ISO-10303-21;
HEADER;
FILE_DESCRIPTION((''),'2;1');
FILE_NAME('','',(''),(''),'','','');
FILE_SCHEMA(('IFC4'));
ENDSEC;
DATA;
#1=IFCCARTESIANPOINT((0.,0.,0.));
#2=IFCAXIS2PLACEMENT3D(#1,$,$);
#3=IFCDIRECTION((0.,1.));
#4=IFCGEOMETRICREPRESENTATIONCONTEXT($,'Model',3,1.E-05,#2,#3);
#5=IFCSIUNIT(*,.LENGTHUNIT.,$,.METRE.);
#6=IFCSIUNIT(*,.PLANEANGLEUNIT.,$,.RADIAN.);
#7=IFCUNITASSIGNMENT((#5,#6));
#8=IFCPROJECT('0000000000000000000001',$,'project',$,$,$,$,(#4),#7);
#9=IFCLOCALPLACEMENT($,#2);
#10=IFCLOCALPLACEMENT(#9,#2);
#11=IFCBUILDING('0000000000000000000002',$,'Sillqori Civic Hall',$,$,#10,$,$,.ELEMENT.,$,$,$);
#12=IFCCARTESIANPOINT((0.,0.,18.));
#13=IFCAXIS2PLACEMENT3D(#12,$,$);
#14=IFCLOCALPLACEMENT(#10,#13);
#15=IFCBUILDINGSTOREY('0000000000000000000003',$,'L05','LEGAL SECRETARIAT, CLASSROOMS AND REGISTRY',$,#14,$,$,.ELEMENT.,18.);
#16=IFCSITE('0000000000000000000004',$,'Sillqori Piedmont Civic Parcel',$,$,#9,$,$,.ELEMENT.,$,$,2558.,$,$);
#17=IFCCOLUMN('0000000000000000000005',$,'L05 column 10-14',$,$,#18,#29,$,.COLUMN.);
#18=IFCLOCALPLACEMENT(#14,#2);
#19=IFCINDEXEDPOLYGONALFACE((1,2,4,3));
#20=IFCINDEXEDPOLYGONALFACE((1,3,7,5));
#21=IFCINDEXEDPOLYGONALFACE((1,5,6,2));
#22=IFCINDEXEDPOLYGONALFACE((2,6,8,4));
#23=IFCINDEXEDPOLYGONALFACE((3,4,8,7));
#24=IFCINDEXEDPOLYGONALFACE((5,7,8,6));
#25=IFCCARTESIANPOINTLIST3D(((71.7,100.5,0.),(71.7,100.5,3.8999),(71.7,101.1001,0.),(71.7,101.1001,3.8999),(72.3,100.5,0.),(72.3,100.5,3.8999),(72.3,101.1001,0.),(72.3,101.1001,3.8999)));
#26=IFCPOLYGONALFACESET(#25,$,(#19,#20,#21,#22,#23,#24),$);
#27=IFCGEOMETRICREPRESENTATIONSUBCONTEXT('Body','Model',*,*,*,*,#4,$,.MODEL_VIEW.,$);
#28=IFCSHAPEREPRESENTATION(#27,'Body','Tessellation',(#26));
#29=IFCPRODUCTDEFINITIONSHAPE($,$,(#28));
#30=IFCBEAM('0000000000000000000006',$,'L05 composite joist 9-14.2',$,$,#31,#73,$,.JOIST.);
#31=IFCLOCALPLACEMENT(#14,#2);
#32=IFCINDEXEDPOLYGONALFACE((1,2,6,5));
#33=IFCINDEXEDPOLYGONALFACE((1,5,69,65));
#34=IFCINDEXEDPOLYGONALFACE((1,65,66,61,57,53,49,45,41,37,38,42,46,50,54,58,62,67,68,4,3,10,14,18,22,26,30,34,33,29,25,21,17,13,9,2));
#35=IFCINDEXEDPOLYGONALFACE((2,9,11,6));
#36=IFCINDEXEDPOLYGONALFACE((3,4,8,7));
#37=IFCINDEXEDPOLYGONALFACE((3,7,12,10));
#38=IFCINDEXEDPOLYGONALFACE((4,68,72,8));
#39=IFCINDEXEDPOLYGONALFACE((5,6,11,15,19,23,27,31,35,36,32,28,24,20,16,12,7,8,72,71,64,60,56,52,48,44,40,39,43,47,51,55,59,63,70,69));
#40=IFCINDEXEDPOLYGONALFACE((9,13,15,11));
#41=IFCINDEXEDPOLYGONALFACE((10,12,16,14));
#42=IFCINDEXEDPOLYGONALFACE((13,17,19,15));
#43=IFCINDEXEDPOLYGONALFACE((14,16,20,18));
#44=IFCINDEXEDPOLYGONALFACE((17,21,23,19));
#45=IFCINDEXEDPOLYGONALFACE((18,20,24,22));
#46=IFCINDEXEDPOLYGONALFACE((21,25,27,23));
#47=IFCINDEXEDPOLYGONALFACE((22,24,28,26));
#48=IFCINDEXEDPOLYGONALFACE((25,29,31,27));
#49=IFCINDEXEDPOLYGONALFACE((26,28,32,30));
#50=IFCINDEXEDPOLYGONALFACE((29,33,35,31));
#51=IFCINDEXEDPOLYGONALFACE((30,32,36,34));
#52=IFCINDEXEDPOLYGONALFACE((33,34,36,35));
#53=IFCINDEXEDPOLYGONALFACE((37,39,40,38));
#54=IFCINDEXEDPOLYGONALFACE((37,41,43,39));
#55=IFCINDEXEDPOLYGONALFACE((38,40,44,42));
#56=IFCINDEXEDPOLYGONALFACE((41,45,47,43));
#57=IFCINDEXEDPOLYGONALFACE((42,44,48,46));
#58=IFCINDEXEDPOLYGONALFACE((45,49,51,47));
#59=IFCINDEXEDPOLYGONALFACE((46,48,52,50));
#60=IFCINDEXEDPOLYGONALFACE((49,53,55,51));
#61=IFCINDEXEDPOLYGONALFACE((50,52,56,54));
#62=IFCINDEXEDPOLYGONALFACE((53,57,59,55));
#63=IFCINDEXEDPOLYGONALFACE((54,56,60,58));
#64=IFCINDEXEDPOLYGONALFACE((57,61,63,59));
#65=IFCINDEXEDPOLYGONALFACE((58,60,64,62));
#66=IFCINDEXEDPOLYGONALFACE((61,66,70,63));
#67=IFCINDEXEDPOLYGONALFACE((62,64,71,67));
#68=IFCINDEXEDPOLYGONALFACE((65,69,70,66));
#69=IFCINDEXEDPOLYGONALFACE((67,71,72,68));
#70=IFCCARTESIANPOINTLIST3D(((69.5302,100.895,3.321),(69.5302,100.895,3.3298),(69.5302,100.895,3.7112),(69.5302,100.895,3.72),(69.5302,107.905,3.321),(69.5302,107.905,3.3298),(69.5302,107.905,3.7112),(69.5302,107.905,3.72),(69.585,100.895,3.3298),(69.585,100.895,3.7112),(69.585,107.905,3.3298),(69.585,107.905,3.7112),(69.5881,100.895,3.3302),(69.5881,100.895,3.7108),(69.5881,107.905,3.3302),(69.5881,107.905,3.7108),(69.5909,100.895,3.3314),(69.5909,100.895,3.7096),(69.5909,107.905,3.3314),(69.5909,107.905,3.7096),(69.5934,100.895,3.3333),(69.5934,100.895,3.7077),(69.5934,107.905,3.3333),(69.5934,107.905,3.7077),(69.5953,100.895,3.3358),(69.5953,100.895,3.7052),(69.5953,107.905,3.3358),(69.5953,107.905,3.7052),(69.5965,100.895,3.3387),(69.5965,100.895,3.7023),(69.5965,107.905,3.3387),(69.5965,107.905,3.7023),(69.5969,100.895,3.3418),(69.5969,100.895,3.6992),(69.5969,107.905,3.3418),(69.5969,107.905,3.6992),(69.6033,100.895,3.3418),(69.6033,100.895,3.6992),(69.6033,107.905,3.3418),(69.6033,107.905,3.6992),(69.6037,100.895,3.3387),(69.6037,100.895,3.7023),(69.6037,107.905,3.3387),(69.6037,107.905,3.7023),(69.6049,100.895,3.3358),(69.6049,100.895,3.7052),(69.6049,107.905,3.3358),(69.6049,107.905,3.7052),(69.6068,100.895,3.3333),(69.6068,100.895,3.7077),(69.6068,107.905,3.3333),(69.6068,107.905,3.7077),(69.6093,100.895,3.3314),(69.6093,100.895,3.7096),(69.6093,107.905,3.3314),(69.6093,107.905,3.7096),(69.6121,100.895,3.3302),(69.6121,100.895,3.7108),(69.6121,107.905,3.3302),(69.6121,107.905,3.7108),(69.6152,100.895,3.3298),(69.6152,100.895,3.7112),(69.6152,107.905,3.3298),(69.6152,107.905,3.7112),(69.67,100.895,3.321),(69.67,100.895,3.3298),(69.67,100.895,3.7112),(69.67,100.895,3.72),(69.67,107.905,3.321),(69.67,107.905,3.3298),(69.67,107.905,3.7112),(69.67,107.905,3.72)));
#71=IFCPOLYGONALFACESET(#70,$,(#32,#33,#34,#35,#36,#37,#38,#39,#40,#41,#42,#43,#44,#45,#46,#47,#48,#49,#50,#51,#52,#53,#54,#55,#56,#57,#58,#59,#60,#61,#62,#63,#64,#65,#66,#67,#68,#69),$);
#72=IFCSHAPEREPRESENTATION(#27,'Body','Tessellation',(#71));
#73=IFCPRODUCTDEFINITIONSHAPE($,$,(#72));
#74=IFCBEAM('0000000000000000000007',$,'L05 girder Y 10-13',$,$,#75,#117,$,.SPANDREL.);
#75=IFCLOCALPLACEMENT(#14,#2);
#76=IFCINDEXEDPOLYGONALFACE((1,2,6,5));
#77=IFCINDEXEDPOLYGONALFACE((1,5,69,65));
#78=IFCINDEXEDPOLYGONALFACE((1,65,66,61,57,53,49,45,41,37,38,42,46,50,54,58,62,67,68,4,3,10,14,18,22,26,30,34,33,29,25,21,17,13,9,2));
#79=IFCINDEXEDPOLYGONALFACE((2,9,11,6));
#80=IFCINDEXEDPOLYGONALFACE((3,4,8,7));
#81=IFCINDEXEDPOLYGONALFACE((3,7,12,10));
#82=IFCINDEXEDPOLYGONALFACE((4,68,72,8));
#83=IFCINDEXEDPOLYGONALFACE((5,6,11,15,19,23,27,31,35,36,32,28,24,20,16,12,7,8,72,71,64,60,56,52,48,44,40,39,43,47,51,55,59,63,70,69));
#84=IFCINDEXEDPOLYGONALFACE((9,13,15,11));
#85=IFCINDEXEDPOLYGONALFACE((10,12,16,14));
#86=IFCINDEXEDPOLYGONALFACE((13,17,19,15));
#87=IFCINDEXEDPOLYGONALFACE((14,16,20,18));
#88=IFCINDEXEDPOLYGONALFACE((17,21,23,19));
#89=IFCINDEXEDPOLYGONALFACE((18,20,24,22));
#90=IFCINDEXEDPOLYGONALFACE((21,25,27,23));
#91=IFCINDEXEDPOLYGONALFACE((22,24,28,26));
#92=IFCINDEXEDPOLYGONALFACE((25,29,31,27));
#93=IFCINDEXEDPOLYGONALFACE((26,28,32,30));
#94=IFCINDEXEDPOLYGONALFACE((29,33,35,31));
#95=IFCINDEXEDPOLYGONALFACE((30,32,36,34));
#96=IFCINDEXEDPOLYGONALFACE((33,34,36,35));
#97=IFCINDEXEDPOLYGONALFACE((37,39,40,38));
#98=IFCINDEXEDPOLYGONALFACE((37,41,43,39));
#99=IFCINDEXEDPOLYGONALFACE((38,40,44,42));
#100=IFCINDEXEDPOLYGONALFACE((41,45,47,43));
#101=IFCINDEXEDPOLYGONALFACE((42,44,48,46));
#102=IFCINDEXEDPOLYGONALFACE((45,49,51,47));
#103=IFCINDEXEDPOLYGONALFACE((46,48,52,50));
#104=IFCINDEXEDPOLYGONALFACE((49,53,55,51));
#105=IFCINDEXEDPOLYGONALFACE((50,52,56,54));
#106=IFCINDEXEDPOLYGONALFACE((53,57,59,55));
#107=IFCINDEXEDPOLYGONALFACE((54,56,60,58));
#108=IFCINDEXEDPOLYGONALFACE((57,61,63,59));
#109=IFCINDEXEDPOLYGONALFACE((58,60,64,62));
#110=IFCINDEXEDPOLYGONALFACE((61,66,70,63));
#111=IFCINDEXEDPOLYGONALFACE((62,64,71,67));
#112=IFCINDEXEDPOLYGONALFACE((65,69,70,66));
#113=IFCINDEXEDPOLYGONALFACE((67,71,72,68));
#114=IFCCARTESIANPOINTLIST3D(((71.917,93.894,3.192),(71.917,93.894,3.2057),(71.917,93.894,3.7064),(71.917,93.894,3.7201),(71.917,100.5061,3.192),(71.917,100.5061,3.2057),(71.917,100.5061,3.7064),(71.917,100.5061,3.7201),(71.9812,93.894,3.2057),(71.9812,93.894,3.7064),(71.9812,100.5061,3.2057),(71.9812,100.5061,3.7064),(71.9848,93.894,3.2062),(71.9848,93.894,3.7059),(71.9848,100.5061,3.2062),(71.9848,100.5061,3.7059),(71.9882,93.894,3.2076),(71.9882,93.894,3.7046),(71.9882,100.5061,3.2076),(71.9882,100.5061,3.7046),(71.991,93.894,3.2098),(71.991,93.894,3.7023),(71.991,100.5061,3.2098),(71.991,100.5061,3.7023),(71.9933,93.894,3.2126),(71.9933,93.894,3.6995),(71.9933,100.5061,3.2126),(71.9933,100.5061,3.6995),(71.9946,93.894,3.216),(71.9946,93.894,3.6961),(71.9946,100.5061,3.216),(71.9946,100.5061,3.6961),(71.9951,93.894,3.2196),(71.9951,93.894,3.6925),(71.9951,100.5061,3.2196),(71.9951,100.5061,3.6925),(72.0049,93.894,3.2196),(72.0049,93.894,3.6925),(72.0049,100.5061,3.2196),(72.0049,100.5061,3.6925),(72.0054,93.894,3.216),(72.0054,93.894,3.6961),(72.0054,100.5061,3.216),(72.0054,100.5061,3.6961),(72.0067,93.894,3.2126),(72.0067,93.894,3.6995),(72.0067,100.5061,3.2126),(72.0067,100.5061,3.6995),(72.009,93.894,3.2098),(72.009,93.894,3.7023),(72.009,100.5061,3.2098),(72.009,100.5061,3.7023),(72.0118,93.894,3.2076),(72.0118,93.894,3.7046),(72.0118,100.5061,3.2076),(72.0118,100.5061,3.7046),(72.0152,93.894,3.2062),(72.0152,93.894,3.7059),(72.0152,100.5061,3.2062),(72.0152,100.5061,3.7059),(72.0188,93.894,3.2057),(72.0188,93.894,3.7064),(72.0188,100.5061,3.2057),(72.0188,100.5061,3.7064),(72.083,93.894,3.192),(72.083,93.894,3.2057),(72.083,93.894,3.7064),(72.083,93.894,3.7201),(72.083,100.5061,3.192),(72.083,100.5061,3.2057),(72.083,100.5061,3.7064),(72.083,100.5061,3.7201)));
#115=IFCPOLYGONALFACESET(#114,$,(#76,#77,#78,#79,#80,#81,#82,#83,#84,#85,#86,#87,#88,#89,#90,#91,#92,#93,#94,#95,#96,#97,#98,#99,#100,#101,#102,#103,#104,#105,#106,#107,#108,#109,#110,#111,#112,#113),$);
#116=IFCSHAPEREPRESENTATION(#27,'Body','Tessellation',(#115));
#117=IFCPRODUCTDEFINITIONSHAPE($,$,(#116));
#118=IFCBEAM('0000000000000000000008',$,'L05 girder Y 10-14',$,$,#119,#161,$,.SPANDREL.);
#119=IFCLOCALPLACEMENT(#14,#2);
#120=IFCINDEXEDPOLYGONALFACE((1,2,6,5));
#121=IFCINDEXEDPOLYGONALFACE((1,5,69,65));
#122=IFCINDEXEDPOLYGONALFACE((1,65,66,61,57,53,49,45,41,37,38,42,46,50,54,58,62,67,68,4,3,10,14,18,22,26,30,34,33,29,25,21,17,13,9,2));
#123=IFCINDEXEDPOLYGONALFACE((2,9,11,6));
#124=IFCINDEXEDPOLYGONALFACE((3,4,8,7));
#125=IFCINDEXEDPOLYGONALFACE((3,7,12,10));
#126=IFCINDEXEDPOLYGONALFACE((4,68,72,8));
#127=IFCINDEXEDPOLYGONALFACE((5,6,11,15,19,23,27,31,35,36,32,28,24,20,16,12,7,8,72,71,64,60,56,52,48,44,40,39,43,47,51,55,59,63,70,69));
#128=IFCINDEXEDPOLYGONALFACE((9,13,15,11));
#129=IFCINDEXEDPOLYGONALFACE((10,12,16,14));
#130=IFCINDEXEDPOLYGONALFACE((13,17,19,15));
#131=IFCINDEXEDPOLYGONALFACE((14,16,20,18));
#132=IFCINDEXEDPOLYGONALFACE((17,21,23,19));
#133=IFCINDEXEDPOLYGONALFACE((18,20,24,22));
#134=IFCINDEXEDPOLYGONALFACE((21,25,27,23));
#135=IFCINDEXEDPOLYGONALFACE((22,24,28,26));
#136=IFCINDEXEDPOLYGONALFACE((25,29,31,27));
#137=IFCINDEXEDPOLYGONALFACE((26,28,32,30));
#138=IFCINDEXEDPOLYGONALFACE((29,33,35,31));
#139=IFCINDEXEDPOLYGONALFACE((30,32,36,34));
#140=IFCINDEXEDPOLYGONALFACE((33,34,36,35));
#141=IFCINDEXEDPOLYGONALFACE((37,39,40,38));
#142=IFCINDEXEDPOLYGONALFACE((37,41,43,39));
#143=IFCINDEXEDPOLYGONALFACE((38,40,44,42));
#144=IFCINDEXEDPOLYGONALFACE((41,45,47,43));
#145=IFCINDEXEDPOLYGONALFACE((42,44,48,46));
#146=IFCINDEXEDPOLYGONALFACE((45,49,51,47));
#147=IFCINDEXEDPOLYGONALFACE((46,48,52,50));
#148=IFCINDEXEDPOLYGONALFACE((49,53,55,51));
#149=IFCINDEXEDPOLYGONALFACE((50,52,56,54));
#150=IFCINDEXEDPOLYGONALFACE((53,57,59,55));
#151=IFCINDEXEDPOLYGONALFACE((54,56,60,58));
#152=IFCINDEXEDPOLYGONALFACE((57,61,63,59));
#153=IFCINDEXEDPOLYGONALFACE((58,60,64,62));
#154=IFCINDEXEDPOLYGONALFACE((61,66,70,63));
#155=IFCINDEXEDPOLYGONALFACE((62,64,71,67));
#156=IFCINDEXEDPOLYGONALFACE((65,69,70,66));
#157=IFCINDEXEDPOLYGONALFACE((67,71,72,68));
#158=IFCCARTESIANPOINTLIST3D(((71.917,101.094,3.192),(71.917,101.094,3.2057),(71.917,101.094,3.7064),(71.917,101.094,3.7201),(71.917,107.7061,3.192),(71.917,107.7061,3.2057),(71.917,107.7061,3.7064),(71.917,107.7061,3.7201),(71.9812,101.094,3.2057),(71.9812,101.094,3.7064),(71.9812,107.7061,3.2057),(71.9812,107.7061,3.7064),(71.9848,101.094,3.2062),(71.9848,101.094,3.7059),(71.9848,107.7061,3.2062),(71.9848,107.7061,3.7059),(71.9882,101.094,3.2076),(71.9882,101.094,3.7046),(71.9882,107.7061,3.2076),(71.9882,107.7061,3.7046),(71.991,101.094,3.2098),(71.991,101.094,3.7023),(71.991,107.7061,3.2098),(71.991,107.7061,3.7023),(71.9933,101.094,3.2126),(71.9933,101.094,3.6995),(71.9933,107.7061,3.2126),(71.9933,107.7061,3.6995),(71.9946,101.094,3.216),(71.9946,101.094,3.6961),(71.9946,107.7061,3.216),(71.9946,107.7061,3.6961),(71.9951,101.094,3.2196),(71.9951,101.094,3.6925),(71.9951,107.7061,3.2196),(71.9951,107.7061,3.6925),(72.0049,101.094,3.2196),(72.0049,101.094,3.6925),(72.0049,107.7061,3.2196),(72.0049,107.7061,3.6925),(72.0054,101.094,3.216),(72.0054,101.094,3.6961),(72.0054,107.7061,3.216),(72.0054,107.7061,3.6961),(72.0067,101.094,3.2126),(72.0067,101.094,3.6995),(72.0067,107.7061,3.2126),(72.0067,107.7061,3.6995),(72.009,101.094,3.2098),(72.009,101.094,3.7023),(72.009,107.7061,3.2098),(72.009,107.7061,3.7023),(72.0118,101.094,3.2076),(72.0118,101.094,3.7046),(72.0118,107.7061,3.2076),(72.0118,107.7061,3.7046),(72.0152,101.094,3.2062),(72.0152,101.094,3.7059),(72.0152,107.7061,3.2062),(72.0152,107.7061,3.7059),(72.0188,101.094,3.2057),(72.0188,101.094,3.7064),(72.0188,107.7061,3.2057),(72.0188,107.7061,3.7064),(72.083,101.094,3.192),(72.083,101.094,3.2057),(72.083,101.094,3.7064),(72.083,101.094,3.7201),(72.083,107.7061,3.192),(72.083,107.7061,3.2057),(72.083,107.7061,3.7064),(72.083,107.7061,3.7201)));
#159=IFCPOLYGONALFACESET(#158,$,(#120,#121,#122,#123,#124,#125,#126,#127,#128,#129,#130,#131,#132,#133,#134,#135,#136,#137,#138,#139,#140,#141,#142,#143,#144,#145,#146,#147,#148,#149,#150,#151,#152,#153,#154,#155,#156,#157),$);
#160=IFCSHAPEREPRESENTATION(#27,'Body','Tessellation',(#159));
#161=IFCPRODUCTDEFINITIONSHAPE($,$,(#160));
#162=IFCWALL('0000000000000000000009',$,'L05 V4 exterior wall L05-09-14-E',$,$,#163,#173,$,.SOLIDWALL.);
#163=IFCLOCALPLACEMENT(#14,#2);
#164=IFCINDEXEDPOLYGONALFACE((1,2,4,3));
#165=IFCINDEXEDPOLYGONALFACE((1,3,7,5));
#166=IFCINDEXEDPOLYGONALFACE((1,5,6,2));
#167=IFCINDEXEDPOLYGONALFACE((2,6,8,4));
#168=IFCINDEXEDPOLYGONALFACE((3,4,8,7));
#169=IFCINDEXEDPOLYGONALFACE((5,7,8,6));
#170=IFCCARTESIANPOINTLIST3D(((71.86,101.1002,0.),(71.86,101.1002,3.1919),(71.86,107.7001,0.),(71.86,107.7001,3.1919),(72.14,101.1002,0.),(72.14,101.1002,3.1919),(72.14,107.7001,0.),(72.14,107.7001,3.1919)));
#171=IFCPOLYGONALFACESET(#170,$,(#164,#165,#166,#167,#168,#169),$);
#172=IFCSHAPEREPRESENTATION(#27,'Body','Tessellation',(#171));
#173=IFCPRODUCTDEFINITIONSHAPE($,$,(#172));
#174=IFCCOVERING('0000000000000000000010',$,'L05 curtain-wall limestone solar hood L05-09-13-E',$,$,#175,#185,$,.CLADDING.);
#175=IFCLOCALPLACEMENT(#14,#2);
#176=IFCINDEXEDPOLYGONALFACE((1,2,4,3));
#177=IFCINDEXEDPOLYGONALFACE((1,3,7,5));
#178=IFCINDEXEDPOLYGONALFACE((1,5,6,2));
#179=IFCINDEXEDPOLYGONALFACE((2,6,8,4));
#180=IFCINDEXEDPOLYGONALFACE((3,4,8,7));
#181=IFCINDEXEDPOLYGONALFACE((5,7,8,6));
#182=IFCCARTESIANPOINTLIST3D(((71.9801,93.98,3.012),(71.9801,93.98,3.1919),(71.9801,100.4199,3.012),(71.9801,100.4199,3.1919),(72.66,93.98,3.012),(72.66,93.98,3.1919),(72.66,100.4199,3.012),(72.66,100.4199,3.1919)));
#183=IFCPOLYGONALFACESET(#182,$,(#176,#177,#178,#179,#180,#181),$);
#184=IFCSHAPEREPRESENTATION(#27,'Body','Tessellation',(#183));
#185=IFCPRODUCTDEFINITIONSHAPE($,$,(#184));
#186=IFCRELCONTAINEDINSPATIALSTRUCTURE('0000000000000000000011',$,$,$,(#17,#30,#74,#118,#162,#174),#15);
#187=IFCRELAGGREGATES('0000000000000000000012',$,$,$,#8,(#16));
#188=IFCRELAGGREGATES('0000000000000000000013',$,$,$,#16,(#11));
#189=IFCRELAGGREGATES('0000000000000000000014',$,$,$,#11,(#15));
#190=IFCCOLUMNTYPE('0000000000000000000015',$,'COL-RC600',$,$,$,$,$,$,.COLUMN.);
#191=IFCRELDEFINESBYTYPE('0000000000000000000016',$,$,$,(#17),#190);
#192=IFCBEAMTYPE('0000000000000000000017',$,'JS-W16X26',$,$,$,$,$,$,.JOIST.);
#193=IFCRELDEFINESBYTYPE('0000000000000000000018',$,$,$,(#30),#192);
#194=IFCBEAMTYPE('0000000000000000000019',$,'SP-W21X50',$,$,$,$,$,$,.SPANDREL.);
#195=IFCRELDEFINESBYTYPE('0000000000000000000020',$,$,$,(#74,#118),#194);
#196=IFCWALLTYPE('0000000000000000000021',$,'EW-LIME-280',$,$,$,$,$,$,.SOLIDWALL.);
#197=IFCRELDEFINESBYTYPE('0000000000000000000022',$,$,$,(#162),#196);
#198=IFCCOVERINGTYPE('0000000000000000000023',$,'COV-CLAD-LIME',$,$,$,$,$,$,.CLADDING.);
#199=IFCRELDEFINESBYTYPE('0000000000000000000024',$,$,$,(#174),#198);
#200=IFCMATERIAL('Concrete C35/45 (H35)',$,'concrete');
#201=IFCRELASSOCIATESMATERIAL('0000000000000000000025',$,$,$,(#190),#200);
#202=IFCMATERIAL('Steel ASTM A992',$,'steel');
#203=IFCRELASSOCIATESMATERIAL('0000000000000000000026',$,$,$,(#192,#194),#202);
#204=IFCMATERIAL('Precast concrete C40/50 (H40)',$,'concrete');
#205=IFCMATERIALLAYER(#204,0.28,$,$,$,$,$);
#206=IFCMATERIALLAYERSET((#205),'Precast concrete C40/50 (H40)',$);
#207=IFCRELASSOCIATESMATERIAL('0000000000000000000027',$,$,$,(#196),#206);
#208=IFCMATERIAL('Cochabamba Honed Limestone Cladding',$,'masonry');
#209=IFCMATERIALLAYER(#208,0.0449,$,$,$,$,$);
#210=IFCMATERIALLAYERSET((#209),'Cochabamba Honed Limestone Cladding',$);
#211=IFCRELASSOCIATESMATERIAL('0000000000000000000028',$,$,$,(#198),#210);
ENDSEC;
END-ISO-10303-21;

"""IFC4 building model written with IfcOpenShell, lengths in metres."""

from ifc_helpers import new_model, si_unit, direction, frame, frame_2d, origin, origin_2d, place, context, subcontext, project, spatial, rectangle, i_section, extrude, material, layer, layer_set, material_profile, profile_set, type_object, element, save


model = new_model("IFC4")

# Units and contexts
model_context = context("Model", 3, precision=1e-05, world=origin(), true_north=direction((0.0, 1.0)))
body_context = subcontext(model_context, "Body", "Model", "MODEL_VIEW")
ifc_project = project(units=[si_unit("LENGTHUNIT", "METRE"), si_unit("PLANEANGLEUNIT", "RADIAN")], contexts=[model_context])

# Site, building, storey
site_placement = place(None, origin())
site = spatial("IfcSite", under=ifc_project, at=site_placement, Name="Sillqori Piedmont Civic Parcel", CompositionType="ELEMENT", RefElevation=2558.0)
building_placement = place(site_placement, origin())
building = spatial("IfcBuilding", under=site, at=building_placement, Name="Sillqori Civic Hall", CompositionType="ELEMENT")
storey_placement = place(building_placement, frame((0.0, 0.0, 18.0)))
storey = spatial("IfcBuildingStorey", under=building, at=storey_placement, Name="L05", Description="LEGAL SECRETARIAT, CLASSROOMS AND REGISTRY", CompositionType="ELEMENT", Elevation=18.0)

# Column
ifc_material_1 = material(Name="Concrete C35/45 (H35)", Category="concrete")
ifc_material_profile_1 = material_profile(ifc_material_1, rectangle(XDim=0.6001, YDim=0.6001, at=origin_2d()), Name="RC 600x600")
ifc_profile_set_1 = profile_set([ifc_material_profile_1], Name="Concrete C35/45 (H35)")
column_type = type_object("IfcColumnType", Name="COL-RC600", PredefinedType="COLUMN", material=ifc_profile_set_1)
column_placement = place(storey_placement, frame((72.0, 100.8, 0.0), z_axis=(0.0, 0.0, 1.0), x_axis=(1.0, 0.0, 0.0)))
element("IfcColumn", 1, at=column_placement, inside=storey, type_object=column_type, Name="L05 column 10-14", PredefinedType="COLUMN", context=body_context, shape_type="SweptSolid", body=[
    extrude(rectangle(XDim=0.6001, YDim=0.6001, at=origin_2d()), origin(), (0.0, 0.0, 1.0), 3.8999),
])

# Beams
ifc_material_2 = material(Name="Steel ASTM A992", Category="steel")
ifc_material_profile_2 = material_profile(ifc_material_2, i_section(OverallWidth=0.1399, OverallDepth=0.3989, WebThickness=0.0063, FlangeThickness=0.0088, FilletRadius=0.012, at=origin_2d()), Name="W16X26")
ifc_profile_set_2 = profile_set([ifc_material_profile_2], Name="Steel ASTM A992")
beam_type_1 = type_object("IfcBeamType", Name="JS-W16X26", PredefinedType="JOIST", material=ifc_profile_set_2)
beam_placement = place(storey_placement, frame((69.6001, 100.895, 3.5205), z_axis=(0.0, 1.0, 0.0), x_axis=(-1.0, 0.0, 0.0)))
element("IfcBeam", 2, at=beam_placement, inside=storey, type_object=beam_type_1, Name="L05 composite joist 9-14.2", PredefinedType="JOIST", context=body_context, shape_type="SweptSolid", body=[
    extrude(i_section(OverallWidth=0.1399, OverallDepth=0.3989, WebThickness=0.0063, FlangeThickness=0.0088, FilletRadius=0.012, at=origin_2d()), origin(), (0.0, 0.0, 1.0), 7.01),
])
ifc_material_profile_3 = material_profile(ifc_material_2, i_section(OverallWidth=0.166, OverallDepth=0.5281, WebThickness=0.0098, FlangeThickness=0.0137, FilletRadius=0.0139, at=origin_2d()), Name="W21X50")
ifc_profile_set_3 = profile_set([ifc_material_profile_3], Name="Steel ASTM A992")
beam_type_2 = type_object("IfcBeamType", Name="SP-W21X50", PredefinedType="SPANDREL", material=ifc_profile_set_3)
for number, where, z_axis, x_axis, name in (
    (3, (72.0, 93.894, 3.4561), (0.0, 1.0, 0.0), (-1.0, 0.0, 0.0), "L05 girder Y 10-13"),
    (4, (72.0, 101.094, 3.4561), (0.0, 1.0, 0.0), (-1.0, 0.0, 0.0), "L05 girder Y 10-14"),
):
    element("IfcBeam", number, at=place(storey_placement, frame(where, z_axis=z_axis, x_axis=x_axis)), inside=storey, type_object=beam_type_2, Name=name, PredefinedType="SPANDREL", context=body_context, shape_type="SweptSolid", body=[
        extrude(i_section(OverallWidth=0.166, OverallDepth=0.5281, WebThickness=0.0098, FlangeThickness=0.0137, FilletRadius=0.0139, at=origin_2d()), origin(), (0.0, 0.0, 1.0), 6.6121),
    ])

# Wall
ifc_material_3 = material(Name="Precast concrete C40/50 (H40)", Category="concrete")
ifc_layer_1 = layer(ifc_material_3, 0.28)
ifc_layer_set_1 = layer_set([ifc_layer_1], Name="Precast concrete C40/50 (H40)")
wall_type = type_object("IfcWallType", Name="EW-LIME-280", PredefinedType="SOLIDWALL", material=ifc_layer_set_1)
wall_placement = place(storey_placement, frame((72.0, 107.7, 0.0), z_axis=(0.0, 0.0, 1.0), x_axis=(0.0, -1.0, 0.0)))
element("IfcWall", 5, at=wall_placement, inside=storey, type_object=wall_type, Name="L05 V4 exterior wall L05-09-14-E", PredefinedType="SOLIDWALL", context=body_context, shape_type="SweptSolid", body=[
    extrude(rectangle(XDim=6.5999, YDim=0.28, at=frame_2d((3.2998, 0.0))), origin(), (0.0, 0.0, 1.0), 3.1919),
])

# Covering
ifc_material_4 = material(Name="Cochabamba Honed Limestone Cladding", Category="masonry")
ifc_layer_2 = layer(ifc_material_4, 0.0449)
ifc_layer_set_2 = layer_set([ifc_layer_2], Name="Cochabamba Honed Limestone Cladding")
covering_type = type_object("IfcCoveringType", Name="COV-CLAD-LIME", PredefinedType="CLADDING", material=ifc_layer_set_2)
covering_placement = place(storey_placement, frame((72.3201, 100.4199, 3.012), z_axis=(0.0, 0.0, 1.0), x_axis=(0.0, -1.0, 0.0)))
element("IfcCovering", 6, at=covering_placement, inside=storey, type_object=covering_type, Name="L05 curtain-wall limestone solar hood L05-09-13-E", PredefinedType="CLADDING", context=body_context, shape_type="SweptSolid", body=[
    extrude(rectangle(XDim=6.4399, YDim=0.6799, at=frame_2d((3.22, 0.0))), origin(), (0.0, 0.0, 1.0), 0.1799),
])

save(model, "model.ifc")
